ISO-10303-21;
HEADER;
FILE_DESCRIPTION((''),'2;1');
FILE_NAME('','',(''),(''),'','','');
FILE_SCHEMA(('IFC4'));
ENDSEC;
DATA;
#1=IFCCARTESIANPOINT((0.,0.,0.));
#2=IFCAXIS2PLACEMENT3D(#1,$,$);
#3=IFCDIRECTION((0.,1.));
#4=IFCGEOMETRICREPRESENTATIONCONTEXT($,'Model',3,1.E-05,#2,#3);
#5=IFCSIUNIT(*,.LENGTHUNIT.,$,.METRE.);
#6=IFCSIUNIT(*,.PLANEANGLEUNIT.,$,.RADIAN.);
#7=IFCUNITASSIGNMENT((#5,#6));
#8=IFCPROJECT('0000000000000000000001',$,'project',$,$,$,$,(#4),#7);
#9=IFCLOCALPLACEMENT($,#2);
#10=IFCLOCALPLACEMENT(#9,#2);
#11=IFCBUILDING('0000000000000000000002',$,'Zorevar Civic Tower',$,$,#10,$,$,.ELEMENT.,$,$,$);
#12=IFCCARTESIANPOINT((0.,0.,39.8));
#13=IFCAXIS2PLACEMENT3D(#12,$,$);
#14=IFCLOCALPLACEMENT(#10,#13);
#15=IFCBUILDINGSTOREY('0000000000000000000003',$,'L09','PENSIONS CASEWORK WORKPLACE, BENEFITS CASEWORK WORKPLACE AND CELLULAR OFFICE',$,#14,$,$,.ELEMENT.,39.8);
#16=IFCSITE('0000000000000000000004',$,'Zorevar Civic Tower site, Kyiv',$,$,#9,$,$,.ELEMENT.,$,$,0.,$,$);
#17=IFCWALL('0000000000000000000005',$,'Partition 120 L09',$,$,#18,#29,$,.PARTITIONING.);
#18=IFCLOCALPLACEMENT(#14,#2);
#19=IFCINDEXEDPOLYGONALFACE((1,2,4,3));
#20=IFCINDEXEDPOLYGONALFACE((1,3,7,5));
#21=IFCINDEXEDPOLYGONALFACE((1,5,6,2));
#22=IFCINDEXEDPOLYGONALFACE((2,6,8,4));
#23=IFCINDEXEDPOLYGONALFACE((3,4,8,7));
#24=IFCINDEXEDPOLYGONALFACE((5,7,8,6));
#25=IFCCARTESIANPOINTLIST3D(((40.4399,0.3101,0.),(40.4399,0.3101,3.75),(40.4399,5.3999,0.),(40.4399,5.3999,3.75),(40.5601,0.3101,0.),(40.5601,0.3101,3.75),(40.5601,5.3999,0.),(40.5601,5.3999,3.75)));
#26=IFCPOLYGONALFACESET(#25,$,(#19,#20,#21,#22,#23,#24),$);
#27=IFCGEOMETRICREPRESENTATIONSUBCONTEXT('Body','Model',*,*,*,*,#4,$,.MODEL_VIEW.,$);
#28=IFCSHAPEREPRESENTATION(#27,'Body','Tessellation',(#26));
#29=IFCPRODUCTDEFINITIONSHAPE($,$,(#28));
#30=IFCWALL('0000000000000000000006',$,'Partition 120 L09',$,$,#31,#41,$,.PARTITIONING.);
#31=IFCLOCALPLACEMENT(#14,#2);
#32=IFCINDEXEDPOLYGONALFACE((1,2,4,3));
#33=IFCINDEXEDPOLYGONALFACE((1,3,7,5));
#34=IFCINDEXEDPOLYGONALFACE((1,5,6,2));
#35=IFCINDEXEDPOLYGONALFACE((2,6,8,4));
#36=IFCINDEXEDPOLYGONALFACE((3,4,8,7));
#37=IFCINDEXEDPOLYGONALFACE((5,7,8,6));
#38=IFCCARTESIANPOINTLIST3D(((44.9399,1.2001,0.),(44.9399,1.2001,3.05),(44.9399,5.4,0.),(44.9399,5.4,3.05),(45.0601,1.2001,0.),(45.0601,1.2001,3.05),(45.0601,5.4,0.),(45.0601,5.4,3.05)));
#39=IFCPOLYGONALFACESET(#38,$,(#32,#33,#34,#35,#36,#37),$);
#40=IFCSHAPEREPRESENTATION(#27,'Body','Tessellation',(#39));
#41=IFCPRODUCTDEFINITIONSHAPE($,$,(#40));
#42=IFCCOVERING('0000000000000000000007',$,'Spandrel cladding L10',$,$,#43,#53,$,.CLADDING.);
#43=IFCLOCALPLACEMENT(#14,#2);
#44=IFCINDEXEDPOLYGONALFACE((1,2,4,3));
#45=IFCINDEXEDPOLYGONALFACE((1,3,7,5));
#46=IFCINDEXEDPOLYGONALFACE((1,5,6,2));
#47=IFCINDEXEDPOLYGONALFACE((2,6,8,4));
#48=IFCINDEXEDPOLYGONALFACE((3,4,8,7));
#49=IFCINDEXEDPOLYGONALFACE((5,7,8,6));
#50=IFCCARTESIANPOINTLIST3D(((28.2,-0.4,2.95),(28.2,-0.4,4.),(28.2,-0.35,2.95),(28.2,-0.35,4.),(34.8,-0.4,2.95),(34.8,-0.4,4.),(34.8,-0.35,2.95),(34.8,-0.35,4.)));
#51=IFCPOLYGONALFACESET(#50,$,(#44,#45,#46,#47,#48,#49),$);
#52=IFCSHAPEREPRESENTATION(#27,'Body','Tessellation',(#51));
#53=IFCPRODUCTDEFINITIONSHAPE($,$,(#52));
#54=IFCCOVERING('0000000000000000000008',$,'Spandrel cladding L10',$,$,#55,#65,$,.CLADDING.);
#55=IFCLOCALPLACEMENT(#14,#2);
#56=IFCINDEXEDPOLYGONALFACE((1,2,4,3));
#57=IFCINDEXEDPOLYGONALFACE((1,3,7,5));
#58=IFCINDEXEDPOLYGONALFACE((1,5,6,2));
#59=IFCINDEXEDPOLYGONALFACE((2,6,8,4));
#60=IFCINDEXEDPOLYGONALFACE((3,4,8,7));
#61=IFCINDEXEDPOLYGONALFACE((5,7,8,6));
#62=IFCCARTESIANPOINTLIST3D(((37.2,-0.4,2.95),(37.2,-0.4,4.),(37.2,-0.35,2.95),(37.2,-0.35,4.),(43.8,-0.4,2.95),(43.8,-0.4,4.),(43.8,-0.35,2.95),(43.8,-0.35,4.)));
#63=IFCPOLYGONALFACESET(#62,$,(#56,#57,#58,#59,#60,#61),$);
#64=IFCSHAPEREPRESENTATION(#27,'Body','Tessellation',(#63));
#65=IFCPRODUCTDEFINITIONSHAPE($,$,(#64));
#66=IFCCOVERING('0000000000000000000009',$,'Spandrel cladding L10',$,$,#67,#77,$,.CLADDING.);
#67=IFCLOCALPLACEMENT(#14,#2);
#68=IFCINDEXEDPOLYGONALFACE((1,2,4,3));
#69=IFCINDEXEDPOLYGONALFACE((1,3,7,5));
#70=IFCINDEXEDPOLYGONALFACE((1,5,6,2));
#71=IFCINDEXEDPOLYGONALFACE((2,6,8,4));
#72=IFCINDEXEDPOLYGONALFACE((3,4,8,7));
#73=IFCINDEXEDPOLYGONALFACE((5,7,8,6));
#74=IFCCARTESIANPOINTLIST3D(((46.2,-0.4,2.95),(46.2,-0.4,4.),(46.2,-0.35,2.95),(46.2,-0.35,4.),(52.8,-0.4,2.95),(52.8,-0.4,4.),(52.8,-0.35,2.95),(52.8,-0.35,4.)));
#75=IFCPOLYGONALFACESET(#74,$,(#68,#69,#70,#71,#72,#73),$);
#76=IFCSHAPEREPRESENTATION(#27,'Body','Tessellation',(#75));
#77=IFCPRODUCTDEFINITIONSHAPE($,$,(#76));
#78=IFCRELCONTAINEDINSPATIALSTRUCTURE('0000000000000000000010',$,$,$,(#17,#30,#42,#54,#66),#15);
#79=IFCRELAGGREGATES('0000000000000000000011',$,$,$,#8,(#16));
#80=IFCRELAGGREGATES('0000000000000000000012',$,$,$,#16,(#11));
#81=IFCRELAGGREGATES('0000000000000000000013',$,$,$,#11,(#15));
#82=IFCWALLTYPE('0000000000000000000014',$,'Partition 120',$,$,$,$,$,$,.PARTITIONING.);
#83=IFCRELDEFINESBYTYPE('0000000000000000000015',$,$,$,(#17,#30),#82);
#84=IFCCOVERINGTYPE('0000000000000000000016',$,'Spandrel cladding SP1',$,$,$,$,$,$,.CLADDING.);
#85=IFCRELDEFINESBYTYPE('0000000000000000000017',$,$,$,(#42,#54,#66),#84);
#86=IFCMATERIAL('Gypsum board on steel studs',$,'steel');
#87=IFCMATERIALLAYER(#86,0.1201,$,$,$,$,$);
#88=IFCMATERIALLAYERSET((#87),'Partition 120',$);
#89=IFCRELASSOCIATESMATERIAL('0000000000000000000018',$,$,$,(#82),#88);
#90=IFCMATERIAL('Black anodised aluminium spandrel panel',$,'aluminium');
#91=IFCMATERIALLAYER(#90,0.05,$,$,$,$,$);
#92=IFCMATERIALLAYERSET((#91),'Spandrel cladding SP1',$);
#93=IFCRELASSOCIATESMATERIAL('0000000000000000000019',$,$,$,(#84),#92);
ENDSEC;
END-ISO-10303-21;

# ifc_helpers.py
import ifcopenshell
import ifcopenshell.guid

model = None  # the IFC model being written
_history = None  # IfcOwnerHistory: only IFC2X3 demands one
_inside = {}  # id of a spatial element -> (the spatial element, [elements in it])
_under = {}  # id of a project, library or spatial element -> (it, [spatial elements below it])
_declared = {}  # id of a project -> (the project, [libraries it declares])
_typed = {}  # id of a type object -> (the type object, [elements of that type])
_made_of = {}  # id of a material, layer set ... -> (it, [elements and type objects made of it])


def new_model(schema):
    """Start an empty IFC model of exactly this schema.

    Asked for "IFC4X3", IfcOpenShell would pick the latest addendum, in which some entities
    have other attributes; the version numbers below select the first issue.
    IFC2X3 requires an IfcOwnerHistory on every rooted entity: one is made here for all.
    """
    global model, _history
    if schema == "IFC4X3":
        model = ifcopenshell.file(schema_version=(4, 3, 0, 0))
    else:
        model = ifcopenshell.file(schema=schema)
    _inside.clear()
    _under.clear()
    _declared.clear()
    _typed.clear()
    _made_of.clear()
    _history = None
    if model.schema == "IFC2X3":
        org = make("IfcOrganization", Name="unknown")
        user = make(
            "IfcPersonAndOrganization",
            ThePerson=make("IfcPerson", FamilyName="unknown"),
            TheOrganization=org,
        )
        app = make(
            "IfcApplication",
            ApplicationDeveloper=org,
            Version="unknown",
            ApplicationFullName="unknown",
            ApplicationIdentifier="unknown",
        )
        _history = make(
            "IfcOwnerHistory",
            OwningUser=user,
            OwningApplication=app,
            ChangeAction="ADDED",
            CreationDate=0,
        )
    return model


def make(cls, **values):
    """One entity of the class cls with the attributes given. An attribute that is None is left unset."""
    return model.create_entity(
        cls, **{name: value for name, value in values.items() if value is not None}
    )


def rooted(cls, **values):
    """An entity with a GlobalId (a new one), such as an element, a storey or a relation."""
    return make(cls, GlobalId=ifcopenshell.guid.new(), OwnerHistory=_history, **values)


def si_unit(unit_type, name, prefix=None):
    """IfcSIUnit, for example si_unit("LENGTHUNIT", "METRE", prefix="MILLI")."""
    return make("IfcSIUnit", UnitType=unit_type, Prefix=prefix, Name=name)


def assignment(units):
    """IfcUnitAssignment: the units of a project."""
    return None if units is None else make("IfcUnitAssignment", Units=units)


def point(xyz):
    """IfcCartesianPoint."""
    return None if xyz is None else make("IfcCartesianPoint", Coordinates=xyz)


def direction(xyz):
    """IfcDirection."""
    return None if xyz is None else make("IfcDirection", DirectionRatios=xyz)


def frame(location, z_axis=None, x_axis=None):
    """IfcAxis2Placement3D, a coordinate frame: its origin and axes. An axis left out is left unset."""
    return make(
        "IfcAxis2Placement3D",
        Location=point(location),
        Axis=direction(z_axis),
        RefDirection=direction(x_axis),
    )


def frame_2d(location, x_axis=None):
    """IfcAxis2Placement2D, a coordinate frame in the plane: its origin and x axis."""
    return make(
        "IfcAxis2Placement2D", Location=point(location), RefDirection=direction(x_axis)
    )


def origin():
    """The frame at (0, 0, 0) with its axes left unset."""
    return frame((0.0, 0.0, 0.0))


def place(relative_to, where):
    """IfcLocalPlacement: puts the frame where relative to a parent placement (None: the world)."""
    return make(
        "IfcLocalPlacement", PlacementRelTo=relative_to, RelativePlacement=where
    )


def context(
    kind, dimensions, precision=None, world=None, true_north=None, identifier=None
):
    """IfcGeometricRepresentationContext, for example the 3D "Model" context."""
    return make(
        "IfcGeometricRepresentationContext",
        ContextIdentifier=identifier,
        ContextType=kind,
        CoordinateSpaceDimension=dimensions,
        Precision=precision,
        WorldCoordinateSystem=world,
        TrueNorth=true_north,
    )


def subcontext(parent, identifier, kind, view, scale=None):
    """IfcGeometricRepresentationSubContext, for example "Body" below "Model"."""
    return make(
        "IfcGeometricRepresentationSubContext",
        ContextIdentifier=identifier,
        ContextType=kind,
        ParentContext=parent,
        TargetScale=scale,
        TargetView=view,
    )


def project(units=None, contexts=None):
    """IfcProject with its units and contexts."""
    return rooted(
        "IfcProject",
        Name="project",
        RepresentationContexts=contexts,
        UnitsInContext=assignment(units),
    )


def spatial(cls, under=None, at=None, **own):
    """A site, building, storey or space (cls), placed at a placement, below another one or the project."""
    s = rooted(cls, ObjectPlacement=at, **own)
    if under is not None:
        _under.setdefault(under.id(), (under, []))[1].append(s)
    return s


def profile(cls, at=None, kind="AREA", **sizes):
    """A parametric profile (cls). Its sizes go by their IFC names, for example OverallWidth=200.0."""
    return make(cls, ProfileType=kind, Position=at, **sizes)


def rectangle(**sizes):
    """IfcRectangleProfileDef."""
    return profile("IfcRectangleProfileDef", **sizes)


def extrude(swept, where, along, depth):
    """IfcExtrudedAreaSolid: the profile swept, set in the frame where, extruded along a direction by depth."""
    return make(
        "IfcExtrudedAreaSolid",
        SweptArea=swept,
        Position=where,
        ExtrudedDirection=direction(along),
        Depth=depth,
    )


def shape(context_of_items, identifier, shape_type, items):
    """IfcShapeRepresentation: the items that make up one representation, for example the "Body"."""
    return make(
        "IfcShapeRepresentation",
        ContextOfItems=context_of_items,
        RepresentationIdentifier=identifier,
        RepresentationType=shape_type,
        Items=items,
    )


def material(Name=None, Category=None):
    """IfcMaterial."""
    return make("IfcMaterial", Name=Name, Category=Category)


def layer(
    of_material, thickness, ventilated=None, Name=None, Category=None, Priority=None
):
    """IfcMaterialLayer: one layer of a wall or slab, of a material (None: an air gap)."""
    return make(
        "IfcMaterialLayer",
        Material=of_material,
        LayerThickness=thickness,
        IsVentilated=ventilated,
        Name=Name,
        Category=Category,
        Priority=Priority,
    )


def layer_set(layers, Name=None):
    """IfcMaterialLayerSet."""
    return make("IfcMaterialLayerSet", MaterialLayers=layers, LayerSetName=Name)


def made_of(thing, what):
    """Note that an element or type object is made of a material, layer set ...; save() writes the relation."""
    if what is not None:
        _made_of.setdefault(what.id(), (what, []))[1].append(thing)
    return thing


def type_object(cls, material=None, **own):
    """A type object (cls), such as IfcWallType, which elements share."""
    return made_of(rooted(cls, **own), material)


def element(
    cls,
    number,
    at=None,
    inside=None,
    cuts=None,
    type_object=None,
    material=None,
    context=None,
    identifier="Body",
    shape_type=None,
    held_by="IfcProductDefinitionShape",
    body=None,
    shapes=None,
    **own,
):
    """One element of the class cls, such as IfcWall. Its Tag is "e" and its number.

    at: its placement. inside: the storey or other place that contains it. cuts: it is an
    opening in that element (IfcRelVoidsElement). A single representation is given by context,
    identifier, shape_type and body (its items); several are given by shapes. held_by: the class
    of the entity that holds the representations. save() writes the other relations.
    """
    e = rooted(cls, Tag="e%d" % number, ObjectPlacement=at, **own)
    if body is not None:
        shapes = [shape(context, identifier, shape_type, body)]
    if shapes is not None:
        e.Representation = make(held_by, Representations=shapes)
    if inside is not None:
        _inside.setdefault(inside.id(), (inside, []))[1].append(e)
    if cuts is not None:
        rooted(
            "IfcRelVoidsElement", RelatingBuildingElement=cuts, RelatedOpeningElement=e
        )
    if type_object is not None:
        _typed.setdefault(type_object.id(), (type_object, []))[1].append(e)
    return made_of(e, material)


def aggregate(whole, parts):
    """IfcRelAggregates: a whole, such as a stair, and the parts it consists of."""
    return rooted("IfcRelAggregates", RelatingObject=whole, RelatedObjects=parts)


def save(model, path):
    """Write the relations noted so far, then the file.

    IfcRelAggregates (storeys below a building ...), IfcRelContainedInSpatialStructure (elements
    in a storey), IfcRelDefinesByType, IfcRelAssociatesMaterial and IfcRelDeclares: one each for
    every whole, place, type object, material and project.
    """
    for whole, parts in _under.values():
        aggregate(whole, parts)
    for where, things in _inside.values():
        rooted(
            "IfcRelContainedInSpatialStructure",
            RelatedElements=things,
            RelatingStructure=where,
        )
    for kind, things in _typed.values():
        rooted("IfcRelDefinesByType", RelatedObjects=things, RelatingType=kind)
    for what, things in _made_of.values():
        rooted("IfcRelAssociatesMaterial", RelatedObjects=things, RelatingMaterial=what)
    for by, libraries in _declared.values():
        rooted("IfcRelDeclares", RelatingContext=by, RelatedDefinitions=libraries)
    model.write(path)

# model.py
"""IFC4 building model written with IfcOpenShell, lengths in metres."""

from ifc_helpers import new_model, si_unit, direction, frame, frame_2d, origin, place, context, subcontext, project, spatial, rectangle, extrude, material, layer, layer_set, type_object, element, save


model = new_model("IFC4")

# Units and contexts
model_context = context("Model", 3, precision=1e-05, world=origin(), true_north=direction((0.0, 1.0)))
body_context = subcontext(model_context, "Body", "Model", "MODEL_VIEW")
ifc_project = project(units=[si_unit("LENGTHUNIT", "METRE"), si_unit("PLANEANGLEUNIT", "RADIAN")], contexts=[model_context])

# Site, building, storey
site_placement = place(None, origin())
site = spatial("IfcSite", under=ifc_project, at=site_placement, Name="Zorevar Civic Tower site, Kyiv", CompositionType="ELEMENT", RefElevation=0.0)
building_placement = place(site_placement, origin())
building = spatial("IfcBuilding", under=site, at=building_placement, Name="Zorevar Civic Tower", CompositionType="ELEMENT")
storey_placement = place(building_placement, frame((0.0, 0.0, 39.8)))
storey = spatial("IfcBuildingStorey", under=building, at=storey_placement, Name="L09", Description="PENSIONS CASEWORK WORKPLACE, BENEFITS CASEWORK WORKPLACE AND CELLULAR OFFICE", CompositionType="ELEMENT", Elevation=39.8)

# Walls
ifc_material_1 = material(Name="Gypsum board on steel studs", Category="steel")
ifc_layer_1 = layer(ifc_material_1, 0.1201)
ifc_layer_set_1 = layer_set([ifc_layer_1], Name="Partition 120")
wall_type = type_object("IfcWallType", Name="Partition 120", PredefinedType="PARTITIONING", material=ifc_layer_set_1)
wall_1_placement = place(storey_placement, frame((40.5, 0.3101, 0.0), z_axis=(0.0, 0.0, 1.0), x_axis=(0.0, 1.0, 0.0)))
element("IfcWall", 1, at=wall_1_placement, inside=storey, type_object=wall_type, Name="Partition 120 L09", PredefinedType="PARTITIONING", context=body_context, shape_type="SweptSolid", body=[
    extrude(rectangle(XDim=5.0898, YDim=0.1201, at=frame_2d((2.5449, 0.0))), origin(), (0.0, 0.0, 1.0), 3.75),
])
wall_2_placement = place(storey_placement, frame((45.0, 1.2, 0.0), z_axis=(0.0, 0.0, 1.0), x_axis=(0.0, 1.0, 0.0)))
element("IfcWall", 2, at=wall_2_placement, inside=storey, type_object=wall_type, Name="Partition 120 L09", PredefinedType="PARTITIONING", context=body_context, shape_type="SweptSolid", body=[
    extrude(rectangle(XDim=4.2, YDim=0.1201, at=frame_2d((2.1001, 0.0))), origin(), (0.0, 0.0, 1.0), 3.05),
])

# Coverings
ifc_material_2 = material(Name="Black anodised aluminium spandrel panel", Category="aluminium")
ifc_layer_2 = layer(ifc_material_2, 0.05)
ifc_layer_set_2 = layer_set([ifc_layer_2], Name="Spandrel cladding SP1")
covering_type = type_object("IfcCoveringType", Name="Spandrel cladding SP1", PredefinedType="CLADDING", material=ifc_layer_set_2)
for number, where, z_axis, x_axis, name in (
    (3, (28.2, -0.375, 2.95), (0.0, 0.0, 1.0), (1.0, 0.0, 0.0), "Spandrel cladding L10"),
    (4, (37.2, -0.375, 2.95), (0.0, 0.0, 1.0), (1.0, 0.0, 0.0), "Spandrel cladding L10"),
    (5, (46.2, -0.375, 2.95), (0.0, 0.0, 1.0), (1.0, 0.0, 0.0), "Spandrel cladding L10"),
):
    element("IfcCovering", number, at=place(storey_placement, frame(where, z_axis=z_axis, x_axis=x_axis)), inside=storey, type_object=covering_type, Name=name, PredefinedType="CLADDING", context=body_context, shape_type="SweptSolid", body=[
        extrude(rectangle(XDim=6.6001, YDim=0.05, at=frame_2d((3.3, 0.0))), origin(), (0.0, 0.0, 1.0), 1.05),
    ])

save(model, "model.ifc")
